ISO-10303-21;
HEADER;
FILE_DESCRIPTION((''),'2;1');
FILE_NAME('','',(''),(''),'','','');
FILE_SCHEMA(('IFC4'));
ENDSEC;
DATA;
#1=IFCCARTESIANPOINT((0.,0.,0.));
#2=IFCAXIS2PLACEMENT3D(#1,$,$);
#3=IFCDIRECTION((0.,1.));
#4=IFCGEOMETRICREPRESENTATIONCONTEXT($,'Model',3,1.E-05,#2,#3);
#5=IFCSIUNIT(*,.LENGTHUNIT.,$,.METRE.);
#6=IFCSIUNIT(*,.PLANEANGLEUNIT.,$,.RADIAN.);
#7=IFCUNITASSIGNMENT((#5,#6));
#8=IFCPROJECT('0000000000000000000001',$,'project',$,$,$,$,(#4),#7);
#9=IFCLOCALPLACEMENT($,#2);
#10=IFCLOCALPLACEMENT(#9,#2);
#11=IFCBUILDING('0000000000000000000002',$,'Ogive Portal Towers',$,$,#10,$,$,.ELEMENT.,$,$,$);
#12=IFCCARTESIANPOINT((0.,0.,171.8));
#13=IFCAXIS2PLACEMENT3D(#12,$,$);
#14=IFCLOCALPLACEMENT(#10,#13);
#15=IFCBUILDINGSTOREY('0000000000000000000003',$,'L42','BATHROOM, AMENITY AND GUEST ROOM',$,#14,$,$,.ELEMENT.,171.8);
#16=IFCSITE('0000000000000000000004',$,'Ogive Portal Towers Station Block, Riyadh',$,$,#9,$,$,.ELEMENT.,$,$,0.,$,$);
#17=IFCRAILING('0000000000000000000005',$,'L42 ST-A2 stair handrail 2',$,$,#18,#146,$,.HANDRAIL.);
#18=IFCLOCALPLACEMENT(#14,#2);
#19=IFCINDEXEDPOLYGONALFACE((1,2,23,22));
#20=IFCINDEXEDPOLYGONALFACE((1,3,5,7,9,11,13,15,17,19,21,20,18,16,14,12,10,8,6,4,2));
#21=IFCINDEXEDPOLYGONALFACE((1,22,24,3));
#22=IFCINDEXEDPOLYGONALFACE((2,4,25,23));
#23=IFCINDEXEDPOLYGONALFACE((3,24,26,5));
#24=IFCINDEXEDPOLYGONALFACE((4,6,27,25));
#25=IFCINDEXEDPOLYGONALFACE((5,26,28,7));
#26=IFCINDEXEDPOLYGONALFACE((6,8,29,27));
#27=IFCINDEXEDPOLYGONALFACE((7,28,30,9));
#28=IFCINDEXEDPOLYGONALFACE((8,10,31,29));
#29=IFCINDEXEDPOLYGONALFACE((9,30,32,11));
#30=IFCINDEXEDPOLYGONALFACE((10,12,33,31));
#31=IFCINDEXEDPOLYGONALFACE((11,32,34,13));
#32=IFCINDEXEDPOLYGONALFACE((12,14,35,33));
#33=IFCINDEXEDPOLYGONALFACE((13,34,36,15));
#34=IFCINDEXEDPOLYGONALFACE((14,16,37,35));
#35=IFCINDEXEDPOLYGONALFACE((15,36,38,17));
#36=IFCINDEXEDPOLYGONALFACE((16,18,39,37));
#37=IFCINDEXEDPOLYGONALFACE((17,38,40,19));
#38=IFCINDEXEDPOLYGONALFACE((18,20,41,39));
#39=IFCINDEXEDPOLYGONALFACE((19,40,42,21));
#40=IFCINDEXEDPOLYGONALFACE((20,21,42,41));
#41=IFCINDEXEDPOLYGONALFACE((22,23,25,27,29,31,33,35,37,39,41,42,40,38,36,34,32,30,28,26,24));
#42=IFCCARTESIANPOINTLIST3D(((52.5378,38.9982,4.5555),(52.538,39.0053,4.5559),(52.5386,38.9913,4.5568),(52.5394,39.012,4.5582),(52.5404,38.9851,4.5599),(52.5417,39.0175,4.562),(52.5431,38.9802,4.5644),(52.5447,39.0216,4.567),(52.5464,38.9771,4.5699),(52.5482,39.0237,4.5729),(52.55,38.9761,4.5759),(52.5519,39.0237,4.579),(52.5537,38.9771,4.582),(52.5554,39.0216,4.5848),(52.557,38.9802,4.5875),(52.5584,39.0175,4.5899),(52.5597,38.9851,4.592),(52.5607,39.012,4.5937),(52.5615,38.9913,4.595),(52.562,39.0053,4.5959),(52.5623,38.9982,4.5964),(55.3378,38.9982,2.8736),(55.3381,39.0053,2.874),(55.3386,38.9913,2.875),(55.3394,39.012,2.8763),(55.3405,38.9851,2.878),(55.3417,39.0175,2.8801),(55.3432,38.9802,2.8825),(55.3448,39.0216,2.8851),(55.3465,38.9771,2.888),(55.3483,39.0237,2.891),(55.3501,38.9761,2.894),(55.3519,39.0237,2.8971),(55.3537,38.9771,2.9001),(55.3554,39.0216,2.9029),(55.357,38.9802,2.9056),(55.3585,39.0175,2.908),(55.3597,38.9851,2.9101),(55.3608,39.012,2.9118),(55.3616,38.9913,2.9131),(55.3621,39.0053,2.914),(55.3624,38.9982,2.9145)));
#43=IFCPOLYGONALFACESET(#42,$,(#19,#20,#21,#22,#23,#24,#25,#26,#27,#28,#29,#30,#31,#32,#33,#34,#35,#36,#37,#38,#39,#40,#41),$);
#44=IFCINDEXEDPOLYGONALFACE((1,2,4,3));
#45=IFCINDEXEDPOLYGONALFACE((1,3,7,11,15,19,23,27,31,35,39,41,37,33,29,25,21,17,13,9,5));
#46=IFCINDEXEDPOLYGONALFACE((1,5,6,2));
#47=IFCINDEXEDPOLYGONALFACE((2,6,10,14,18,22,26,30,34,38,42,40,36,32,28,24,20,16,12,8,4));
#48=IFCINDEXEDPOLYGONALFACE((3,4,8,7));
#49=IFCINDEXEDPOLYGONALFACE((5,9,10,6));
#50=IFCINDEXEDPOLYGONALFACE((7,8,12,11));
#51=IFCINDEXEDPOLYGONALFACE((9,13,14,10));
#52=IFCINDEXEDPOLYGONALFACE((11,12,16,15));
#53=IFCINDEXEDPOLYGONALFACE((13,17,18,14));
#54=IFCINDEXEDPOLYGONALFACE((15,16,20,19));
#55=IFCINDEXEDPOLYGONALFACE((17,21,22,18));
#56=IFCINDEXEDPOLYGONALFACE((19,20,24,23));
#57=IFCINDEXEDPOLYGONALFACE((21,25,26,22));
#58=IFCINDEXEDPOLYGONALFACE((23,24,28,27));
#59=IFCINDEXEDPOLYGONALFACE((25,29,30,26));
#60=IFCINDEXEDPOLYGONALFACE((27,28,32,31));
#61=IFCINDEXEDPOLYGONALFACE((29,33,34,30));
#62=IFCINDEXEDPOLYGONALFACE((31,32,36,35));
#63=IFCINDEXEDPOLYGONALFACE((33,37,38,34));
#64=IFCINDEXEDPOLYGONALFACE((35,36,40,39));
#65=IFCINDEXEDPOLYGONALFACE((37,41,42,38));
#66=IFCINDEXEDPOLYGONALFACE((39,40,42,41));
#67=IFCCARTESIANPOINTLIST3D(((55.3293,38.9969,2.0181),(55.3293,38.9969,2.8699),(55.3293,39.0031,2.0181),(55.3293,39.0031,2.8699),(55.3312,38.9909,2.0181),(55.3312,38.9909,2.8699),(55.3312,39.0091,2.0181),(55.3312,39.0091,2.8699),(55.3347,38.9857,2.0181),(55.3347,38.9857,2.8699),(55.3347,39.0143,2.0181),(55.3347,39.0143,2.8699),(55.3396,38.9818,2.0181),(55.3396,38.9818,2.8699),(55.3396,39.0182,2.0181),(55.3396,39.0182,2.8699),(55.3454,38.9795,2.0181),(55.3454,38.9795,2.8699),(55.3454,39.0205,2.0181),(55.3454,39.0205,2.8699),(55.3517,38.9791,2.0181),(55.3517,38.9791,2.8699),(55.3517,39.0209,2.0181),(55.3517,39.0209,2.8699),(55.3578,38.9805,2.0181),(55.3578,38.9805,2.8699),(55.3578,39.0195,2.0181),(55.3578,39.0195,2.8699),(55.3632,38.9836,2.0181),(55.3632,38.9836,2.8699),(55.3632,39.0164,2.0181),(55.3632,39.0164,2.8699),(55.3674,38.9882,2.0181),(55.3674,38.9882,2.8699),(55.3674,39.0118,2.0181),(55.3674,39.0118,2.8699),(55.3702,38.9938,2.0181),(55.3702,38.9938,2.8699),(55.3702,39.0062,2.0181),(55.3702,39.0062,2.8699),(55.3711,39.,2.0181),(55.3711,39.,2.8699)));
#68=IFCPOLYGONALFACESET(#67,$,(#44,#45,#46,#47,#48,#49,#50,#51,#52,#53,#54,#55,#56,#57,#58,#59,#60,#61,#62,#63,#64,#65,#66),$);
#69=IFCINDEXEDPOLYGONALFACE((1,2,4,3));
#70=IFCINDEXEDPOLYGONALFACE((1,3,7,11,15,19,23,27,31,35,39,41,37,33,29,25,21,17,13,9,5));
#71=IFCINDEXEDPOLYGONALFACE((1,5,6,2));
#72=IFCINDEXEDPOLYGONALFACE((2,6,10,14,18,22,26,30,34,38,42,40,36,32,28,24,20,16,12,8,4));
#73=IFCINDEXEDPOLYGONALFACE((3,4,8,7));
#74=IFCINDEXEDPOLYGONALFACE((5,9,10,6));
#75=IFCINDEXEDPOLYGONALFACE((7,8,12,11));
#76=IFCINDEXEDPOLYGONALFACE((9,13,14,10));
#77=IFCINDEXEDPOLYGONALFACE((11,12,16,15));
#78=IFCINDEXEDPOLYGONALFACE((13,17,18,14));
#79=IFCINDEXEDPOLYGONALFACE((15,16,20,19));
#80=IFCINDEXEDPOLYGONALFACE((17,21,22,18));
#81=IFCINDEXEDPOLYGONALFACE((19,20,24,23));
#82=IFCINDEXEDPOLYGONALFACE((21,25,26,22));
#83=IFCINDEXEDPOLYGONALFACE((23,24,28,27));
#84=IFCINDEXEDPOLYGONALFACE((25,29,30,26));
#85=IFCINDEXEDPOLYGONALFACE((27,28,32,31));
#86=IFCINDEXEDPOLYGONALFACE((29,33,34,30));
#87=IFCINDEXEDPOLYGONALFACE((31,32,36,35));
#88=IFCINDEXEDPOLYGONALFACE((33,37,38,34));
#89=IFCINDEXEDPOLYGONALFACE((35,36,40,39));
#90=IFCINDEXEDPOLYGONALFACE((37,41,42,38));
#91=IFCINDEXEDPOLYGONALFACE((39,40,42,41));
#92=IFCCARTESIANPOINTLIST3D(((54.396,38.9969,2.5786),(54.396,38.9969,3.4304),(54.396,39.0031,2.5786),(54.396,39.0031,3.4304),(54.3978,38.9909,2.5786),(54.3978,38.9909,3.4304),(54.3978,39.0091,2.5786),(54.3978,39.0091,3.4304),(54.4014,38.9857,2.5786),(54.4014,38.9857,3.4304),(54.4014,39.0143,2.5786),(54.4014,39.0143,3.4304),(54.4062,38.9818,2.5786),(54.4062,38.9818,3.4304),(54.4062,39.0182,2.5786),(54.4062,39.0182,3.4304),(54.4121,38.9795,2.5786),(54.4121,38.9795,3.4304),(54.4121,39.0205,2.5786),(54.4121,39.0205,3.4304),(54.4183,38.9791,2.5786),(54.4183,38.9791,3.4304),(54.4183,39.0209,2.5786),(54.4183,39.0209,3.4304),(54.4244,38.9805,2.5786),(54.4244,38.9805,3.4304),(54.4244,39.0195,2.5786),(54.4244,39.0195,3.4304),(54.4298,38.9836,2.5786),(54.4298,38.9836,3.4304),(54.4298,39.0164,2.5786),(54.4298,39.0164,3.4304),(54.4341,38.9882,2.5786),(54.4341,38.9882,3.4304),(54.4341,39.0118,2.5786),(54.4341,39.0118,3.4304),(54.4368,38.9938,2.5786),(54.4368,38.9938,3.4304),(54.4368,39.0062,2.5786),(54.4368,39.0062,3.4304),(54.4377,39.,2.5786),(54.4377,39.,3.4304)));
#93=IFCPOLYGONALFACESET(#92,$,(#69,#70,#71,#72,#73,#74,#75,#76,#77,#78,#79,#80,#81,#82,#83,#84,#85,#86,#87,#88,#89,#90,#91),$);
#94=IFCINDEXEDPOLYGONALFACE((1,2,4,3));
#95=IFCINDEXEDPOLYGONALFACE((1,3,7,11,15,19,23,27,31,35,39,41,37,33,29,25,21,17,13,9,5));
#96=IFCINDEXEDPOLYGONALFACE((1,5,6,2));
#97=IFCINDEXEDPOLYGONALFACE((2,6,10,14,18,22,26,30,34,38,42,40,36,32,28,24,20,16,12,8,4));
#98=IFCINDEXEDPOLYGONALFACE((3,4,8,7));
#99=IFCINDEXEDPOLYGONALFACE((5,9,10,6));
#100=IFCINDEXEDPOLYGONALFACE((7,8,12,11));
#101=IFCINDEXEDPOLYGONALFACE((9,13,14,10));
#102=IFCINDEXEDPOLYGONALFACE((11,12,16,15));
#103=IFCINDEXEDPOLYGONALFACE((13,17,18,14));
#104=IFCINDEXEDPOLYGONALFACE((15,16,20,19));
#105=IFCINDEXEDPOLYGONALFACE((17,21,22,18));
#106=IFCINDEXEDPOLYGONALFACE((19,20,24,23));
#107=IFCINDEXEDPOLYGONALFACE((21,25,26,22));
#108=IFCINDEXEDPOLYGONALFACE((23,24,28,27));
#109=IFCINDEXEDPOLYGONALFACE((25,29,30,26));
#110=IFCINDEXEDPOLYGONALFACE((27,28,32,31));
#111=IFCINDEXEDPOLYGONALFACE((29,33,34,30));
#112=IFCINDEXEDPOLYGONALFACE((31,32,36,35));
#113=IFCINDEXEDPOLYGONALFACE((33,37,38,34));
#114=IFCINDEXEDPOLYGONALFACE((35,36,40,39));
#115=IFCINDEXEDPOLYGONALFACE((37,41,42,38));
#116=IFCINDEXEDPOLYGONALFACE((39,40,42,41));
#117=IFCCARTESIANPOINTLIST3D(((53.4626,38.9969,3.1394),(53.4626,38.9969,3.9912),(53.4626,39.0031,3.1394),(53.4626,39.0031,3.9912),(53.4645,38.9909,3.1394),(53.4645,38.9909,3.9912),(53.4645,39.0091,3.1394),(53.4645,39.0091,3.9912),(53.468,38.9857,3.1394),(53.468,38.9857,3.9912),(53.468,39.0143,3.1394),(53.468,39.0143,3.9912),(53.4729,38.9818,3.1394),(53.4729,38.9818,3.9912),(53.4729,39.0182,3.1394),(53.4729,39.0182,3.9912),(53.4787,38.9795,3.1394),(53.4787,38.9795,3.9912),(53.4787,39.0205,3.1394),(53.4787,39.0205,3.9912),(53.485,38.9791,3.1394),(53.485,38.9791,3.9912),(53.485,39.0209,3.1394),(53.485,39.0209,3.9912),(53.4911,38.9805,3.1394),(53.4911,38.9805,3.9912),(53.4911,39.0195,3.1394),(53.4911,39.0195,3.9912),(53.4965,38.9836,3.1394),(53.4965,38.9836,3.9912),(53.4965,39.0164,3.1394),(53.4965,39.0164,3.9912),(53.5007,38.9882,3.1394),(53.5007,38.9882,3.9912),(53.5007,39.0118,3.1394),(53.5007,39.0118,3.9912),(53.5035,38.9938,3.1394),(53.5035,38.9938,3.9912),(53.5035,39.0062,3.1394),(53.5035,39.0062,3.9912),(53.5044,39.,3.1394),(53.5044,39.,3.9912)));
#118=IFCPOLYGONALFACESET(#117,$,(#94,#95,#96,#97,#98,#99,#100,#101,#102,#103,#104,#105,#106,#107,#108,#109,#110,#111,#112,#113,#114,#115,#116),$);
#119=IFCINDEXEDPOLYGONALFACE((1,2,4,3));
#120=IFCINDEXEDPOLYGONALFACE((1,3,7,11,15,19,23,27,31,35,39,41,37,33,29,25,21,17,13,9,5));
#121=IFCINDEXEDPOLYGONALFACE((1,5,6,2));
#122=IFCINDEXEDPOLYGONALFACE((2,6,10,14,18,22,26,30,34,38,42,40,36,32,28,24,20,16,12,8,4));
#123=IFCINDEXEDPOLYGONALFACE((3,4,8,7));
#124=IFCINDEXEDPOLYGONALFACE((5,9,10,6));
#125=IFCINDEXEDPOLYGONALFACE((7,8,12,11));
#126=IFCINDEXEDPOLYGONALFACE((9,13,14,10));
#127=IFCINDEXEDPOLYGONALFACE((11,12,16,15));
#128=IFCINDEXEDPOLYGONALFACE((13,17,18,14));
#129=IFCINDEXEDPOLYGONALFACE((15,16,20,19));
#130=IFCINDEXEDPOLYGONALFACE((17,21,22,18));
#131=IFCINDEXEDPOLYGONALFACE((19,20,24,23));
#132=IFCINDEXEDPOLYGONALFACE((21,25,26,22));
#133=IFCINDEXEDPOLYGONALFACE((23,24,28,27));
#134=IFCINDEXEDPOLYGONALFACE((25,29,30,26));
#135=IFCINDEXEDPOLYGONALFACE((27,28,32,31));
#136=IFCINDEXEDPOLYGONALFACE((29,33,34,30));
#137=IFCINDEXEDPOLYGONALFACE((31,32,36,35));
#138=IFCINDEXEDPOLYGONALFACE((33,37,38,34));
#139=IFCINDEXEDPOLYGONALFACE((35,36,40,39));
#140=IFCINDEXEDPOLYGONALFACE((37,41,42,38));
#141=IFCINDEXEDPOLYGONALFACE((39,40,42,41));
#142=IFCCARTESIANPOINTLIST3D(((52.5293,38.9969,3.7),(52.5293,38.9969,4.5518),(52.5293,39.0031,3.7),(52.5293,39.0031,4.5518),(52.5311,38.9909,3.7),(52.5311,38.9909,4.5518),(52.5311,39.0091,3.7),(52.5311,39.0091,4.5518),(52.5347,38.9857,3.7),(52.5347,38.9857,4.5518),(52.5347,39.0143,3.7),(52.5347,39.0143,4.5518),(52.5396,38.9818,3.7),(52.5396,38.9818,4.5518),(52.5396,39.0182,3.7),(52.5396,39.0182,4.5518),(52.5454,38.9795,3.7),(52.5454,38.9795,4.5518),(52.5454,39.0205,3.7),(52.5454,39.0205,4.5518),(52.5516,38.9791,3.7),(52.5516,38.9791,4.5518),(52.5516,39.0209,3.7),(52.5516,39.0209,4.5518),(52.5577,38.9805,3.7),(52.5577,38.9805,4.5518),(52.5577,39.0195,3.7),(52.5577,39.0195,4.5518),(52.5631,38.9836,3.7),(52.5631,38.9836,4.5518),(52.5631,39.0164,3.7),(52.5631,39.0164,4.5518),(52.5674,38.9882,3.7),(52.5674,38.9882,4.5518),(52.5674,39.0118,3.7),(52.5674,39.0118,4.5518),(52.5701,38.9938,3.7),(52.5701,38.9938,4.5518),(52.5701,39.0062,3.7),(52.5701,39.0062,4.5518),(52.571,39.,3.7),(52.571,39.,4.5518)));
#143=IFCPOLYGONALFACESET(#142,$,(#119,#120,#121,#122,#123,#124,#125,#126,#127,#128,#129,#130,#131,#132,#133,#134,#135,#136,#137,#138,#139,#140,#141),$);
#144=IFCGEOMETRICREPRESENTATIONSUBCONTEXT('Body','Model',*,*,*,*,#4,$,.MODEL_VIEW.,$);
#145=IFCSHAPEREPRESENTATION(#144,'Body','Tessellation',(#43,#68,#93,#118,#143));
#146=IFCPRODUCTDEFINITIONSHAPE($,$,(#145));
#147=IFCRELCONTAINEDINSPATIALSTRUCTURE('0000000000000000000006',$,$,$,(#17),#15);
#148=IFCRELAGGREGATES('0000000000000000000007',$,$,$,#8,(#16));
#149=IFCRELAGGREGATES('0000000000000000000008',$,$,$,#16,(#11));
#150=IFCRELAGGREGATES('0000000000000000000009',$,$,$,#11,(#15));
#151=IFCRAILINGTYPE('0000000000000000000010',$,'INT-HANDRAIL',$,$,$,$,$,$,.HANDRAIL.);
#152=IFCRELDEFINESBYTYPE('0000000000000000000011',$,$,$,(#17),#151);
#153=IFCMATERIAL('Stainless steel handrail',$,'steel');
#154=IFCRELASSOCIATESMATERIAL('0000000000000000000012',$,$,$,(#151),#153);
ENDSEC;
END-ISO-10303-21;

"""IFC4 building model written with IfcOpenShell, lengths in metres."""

from ifc_helpers import new_model, si_unit, direction, frame, origin, origin_2d, place, context, subcontext, project, spatial, circle, extrude, material, type_object, element, save


model = new_model("IFC4")

# Units and contexts
model_context = context("Model", 3, precision=1e-05, world=origin(), true_north=direction((0.0, 1.0)))
body_context = subcontext(model_context, "Body", "Model", "MODEL_VIEW")
ifc_project = project(units=[si_unit("LENGTHUNIT", "METRE"), si_unit("PLANEANGLEUNIT", "RADIAN")], contexts=[model_context])

# Site, building, storey
site_placement = place(None, origin())
site = spatial("IfcSite", under=ifc_project, at=site_placement, Name="Ogive Portal Towers Station Block, Riyadh", CompositionType="ELEMENT", RefElevation=0.0)
building_placement = place(site_placement, origin())
building = spatial("IfcBuilding", under=site, at=building_placement, Name="Ogive Portal Towers", CompositionType="ELEMENT")
storey_placement = place(building_placement, frame((0.0, 0.0, 171.8)))
storey = spatial("IfcBuildingStorey", under=building, at=storey_placement, Name="L42", Description="BATHROOM, AMENITY AND GUEST ROOM", CompositionType="ELEMENT", Elevation=171.8)

# Railing
ifc_material_1 = material(Name="Stainless steel handrail", Category="steel")
railing_type_1 = type_object("IfcRailingType", Name="INT-HANDRAIL", PredefinedType="HANDRAIL", material=ifc_material_1)
railing_1_placement = place(storey_placement, frame((55.3501, 39.0, 2.0181)))
element("IfcRailing", 1, at=railing_1_placement, inside=storey, type_object=railing_type_1, Name="L42 ST-A2 stair handrail 2", PredefinedType="HANDRAIL", context=body_context, shape_type="SweptSolid", body=[
    extrude(circle(Radius=0.0239, at=origin_2d()), frame((0.0, 0.0, 0.876), z_axis=(-0.857242, 0.0, 0.514913), x_axis=(0.0, -1.0, 0.0)), (0.0, 0.0, 1.0), 3.2664),
    extrude(circle(Radius=0.021, at=origin_2d()), origin(), (0.0, 0.0, 1.0), 0.8518),
    extrude(circle(Radius=0.021, at=origin_2d()), frame((-0.9333, 0.0, 0.5605)), (0.0, 0.0, 1.0), 0.8518),
    extrude(circle(Radius=0.021, at=origin_2d()), frame((-1.8667, 0.0, 1.1213)), (0.0, 0.0, 1.0), 0.8518),
    extrude(circle(Radius=0.021, at=origin_2d()), frame((-2.8, 0.0, 1.6819)), (0.0, 0.0, 1.0), 0.8518),
])

save(model, "model.ifc")
